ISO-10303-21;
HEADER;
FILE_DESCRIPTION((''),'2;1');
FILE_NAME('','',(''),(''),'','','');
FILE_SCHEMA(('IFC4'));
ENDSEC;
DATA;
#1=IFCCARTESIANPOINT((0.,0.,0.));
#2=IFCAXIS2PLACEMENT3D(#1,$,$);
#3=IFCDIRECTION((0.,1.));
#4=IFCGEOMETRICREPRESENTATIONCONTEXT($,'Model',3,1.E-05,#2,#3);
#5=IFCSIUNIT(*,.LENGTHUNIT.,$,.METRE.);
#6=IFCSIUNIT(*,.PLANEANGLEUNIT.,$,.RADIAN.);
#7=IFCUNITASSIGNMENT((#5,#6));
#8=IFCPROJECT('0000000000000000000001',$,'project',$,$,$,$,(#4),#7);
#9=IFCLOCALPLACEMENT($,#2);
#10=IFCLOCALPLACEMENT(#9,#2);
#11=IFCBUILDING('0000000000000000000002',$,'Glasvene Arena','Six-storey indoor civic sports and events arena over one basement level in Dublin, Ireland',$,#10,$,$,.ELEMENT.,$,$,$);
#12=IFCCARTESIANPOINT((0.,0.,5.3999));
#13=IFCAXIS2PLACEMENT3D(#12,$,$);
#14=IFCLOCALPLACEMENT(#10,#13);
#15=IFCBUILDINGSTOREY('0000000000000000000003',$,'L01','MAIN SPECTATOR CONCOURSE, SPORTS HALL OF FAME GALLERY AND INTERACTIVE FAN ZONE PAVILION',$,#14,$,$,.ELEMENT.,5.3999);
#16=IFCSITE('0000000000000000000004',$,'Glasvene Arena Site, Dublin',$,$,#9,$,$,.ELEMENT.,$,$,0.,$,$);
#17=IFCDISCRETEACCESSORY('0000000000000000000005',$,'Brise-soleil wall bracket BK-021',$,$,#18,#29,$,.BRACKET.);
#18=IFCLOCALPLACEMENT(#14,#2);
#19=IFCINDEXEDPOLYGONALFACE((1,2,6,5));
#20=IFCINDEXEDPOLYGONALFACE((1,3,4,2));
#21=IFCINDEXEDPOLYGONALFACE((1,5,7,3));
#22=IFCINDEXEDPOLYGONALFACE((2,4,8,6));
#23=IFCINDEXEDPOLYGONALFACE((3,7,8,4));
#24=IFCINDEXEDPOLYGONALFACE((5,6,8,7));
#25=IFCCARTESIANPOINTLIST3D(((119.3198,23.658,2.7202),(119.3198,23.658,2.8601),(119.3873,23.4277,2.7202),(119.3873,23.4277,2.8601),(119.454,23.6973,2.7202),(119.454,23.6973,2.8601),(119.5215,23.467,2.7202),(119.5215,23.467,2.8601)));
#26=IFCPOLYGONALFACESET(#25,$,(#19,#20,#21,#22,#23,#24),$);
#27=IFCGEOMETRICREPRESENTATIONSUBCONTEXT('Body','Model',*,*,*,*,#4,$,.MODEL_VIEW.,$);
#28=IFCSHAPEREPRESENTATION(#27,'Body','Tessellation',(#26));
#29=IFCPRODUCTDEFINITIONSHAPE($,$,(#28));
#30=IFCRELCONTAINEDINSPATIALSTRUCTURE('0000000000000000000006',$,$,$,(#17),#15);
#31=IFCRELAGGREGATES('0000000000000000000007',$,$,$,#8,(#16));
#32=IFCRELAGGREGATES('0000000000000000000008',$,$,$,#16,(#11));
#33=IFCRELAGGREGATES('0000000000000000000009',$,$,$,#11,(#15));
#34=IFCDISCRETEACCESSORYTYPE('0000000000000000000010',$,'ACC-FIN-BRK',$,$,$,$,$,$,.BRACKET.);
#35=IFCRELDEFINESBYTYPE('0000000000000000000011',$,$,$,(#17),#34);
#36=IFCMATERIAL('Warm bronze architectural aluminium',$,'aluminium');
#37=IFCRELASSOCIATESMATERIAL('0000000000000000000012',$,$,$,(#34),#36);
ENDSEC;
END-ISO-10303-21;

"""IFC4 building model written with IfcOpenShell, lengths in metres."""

from ifc_helpers import new_model, si_unit, direction, frame, origin, origin_2d, place, context, subcontext, project, spatial, rectangle, extrude, material, type_object, element, save


model = new_model("IFC4")

# Units and contexts
model_context = context("Model", 3, precision=1e-05, world=origin(), true_north=direction((0.0, 1.0)))
body_context = subcontext(model_context, "Body", "Model", "MODEL_VIEW")
ifc_project = project(units=[si_unit("LENGTHUNIT", "METRE"), si_unit("PLANEANGLEUNIT", "RADIAN")], contexts=[model_context])

# Site, building, storey
site_placement = place(None, origin())
site = spatial("IfcSite", under=ifc_project, at=site_placement, Name="Glasvene Arena Site, Dublin", CompositionType="ELEMENT", RefElevation=0.0)
building_placement = place(site_placement, origin())
building = spatial("IfcBuilding", under=site, at=building_placement, Name="Glasvene Arena", Description="Six-storey indoor civic sports and events arena over one basement level in Dublin, Ireland", CompositionType="ELEMENT")
storey_placement = place(building_placement, frame((0.0, 0.0, 5.3999)))
storey = spatial("IfcBuildingStorey", under=building, at=storey_placement, Name="L01", Description="MAIN SPECTATOR CONCOURSE, SPORTS HALL OF FAME GALLERY AND INTERACTIVE FAN ZONE PAVILION", CompositionType="ELEMENT", Elevation=5.3999)

# Shared definitions
ifc_material_1 = material(Name="Warm bronze architectural aluminium", Category="aluminium")

# Discrete accessory
discrete_accessory_type_1 = type_object("IfcDiscreteAccessoryType", Name="ACC-FIN-BRK", PredefinedType="BRACKET", material=ifc_material_1)
for number, where, z_axis, x_axis, name in (
    (1, (119.4207, 23.5625, 2.7202), (0.0, 0.0, 1.0), (-0.959609, -0.281337, 0.0), "Brise-soleil wall bracket BK-021"),
):
    element("IfcDiscreteAccessory", number, at=place(storey_placement, frame(where, z_axis=z_axis, x_axis=x_axis)), inside=storey, type_object=discrete_accessory_type_1, Name=name, PredefinedType="BRACKET", context=body_context, shape_type="SweptSolid", body=[
        extrude(rectangle(XDim=0.1399, YDim=0.24, at=origin_2d()), origin(), (0.0, 0.0, 1.0), 0.1399),
    ])

save(model, "model.ifc")
